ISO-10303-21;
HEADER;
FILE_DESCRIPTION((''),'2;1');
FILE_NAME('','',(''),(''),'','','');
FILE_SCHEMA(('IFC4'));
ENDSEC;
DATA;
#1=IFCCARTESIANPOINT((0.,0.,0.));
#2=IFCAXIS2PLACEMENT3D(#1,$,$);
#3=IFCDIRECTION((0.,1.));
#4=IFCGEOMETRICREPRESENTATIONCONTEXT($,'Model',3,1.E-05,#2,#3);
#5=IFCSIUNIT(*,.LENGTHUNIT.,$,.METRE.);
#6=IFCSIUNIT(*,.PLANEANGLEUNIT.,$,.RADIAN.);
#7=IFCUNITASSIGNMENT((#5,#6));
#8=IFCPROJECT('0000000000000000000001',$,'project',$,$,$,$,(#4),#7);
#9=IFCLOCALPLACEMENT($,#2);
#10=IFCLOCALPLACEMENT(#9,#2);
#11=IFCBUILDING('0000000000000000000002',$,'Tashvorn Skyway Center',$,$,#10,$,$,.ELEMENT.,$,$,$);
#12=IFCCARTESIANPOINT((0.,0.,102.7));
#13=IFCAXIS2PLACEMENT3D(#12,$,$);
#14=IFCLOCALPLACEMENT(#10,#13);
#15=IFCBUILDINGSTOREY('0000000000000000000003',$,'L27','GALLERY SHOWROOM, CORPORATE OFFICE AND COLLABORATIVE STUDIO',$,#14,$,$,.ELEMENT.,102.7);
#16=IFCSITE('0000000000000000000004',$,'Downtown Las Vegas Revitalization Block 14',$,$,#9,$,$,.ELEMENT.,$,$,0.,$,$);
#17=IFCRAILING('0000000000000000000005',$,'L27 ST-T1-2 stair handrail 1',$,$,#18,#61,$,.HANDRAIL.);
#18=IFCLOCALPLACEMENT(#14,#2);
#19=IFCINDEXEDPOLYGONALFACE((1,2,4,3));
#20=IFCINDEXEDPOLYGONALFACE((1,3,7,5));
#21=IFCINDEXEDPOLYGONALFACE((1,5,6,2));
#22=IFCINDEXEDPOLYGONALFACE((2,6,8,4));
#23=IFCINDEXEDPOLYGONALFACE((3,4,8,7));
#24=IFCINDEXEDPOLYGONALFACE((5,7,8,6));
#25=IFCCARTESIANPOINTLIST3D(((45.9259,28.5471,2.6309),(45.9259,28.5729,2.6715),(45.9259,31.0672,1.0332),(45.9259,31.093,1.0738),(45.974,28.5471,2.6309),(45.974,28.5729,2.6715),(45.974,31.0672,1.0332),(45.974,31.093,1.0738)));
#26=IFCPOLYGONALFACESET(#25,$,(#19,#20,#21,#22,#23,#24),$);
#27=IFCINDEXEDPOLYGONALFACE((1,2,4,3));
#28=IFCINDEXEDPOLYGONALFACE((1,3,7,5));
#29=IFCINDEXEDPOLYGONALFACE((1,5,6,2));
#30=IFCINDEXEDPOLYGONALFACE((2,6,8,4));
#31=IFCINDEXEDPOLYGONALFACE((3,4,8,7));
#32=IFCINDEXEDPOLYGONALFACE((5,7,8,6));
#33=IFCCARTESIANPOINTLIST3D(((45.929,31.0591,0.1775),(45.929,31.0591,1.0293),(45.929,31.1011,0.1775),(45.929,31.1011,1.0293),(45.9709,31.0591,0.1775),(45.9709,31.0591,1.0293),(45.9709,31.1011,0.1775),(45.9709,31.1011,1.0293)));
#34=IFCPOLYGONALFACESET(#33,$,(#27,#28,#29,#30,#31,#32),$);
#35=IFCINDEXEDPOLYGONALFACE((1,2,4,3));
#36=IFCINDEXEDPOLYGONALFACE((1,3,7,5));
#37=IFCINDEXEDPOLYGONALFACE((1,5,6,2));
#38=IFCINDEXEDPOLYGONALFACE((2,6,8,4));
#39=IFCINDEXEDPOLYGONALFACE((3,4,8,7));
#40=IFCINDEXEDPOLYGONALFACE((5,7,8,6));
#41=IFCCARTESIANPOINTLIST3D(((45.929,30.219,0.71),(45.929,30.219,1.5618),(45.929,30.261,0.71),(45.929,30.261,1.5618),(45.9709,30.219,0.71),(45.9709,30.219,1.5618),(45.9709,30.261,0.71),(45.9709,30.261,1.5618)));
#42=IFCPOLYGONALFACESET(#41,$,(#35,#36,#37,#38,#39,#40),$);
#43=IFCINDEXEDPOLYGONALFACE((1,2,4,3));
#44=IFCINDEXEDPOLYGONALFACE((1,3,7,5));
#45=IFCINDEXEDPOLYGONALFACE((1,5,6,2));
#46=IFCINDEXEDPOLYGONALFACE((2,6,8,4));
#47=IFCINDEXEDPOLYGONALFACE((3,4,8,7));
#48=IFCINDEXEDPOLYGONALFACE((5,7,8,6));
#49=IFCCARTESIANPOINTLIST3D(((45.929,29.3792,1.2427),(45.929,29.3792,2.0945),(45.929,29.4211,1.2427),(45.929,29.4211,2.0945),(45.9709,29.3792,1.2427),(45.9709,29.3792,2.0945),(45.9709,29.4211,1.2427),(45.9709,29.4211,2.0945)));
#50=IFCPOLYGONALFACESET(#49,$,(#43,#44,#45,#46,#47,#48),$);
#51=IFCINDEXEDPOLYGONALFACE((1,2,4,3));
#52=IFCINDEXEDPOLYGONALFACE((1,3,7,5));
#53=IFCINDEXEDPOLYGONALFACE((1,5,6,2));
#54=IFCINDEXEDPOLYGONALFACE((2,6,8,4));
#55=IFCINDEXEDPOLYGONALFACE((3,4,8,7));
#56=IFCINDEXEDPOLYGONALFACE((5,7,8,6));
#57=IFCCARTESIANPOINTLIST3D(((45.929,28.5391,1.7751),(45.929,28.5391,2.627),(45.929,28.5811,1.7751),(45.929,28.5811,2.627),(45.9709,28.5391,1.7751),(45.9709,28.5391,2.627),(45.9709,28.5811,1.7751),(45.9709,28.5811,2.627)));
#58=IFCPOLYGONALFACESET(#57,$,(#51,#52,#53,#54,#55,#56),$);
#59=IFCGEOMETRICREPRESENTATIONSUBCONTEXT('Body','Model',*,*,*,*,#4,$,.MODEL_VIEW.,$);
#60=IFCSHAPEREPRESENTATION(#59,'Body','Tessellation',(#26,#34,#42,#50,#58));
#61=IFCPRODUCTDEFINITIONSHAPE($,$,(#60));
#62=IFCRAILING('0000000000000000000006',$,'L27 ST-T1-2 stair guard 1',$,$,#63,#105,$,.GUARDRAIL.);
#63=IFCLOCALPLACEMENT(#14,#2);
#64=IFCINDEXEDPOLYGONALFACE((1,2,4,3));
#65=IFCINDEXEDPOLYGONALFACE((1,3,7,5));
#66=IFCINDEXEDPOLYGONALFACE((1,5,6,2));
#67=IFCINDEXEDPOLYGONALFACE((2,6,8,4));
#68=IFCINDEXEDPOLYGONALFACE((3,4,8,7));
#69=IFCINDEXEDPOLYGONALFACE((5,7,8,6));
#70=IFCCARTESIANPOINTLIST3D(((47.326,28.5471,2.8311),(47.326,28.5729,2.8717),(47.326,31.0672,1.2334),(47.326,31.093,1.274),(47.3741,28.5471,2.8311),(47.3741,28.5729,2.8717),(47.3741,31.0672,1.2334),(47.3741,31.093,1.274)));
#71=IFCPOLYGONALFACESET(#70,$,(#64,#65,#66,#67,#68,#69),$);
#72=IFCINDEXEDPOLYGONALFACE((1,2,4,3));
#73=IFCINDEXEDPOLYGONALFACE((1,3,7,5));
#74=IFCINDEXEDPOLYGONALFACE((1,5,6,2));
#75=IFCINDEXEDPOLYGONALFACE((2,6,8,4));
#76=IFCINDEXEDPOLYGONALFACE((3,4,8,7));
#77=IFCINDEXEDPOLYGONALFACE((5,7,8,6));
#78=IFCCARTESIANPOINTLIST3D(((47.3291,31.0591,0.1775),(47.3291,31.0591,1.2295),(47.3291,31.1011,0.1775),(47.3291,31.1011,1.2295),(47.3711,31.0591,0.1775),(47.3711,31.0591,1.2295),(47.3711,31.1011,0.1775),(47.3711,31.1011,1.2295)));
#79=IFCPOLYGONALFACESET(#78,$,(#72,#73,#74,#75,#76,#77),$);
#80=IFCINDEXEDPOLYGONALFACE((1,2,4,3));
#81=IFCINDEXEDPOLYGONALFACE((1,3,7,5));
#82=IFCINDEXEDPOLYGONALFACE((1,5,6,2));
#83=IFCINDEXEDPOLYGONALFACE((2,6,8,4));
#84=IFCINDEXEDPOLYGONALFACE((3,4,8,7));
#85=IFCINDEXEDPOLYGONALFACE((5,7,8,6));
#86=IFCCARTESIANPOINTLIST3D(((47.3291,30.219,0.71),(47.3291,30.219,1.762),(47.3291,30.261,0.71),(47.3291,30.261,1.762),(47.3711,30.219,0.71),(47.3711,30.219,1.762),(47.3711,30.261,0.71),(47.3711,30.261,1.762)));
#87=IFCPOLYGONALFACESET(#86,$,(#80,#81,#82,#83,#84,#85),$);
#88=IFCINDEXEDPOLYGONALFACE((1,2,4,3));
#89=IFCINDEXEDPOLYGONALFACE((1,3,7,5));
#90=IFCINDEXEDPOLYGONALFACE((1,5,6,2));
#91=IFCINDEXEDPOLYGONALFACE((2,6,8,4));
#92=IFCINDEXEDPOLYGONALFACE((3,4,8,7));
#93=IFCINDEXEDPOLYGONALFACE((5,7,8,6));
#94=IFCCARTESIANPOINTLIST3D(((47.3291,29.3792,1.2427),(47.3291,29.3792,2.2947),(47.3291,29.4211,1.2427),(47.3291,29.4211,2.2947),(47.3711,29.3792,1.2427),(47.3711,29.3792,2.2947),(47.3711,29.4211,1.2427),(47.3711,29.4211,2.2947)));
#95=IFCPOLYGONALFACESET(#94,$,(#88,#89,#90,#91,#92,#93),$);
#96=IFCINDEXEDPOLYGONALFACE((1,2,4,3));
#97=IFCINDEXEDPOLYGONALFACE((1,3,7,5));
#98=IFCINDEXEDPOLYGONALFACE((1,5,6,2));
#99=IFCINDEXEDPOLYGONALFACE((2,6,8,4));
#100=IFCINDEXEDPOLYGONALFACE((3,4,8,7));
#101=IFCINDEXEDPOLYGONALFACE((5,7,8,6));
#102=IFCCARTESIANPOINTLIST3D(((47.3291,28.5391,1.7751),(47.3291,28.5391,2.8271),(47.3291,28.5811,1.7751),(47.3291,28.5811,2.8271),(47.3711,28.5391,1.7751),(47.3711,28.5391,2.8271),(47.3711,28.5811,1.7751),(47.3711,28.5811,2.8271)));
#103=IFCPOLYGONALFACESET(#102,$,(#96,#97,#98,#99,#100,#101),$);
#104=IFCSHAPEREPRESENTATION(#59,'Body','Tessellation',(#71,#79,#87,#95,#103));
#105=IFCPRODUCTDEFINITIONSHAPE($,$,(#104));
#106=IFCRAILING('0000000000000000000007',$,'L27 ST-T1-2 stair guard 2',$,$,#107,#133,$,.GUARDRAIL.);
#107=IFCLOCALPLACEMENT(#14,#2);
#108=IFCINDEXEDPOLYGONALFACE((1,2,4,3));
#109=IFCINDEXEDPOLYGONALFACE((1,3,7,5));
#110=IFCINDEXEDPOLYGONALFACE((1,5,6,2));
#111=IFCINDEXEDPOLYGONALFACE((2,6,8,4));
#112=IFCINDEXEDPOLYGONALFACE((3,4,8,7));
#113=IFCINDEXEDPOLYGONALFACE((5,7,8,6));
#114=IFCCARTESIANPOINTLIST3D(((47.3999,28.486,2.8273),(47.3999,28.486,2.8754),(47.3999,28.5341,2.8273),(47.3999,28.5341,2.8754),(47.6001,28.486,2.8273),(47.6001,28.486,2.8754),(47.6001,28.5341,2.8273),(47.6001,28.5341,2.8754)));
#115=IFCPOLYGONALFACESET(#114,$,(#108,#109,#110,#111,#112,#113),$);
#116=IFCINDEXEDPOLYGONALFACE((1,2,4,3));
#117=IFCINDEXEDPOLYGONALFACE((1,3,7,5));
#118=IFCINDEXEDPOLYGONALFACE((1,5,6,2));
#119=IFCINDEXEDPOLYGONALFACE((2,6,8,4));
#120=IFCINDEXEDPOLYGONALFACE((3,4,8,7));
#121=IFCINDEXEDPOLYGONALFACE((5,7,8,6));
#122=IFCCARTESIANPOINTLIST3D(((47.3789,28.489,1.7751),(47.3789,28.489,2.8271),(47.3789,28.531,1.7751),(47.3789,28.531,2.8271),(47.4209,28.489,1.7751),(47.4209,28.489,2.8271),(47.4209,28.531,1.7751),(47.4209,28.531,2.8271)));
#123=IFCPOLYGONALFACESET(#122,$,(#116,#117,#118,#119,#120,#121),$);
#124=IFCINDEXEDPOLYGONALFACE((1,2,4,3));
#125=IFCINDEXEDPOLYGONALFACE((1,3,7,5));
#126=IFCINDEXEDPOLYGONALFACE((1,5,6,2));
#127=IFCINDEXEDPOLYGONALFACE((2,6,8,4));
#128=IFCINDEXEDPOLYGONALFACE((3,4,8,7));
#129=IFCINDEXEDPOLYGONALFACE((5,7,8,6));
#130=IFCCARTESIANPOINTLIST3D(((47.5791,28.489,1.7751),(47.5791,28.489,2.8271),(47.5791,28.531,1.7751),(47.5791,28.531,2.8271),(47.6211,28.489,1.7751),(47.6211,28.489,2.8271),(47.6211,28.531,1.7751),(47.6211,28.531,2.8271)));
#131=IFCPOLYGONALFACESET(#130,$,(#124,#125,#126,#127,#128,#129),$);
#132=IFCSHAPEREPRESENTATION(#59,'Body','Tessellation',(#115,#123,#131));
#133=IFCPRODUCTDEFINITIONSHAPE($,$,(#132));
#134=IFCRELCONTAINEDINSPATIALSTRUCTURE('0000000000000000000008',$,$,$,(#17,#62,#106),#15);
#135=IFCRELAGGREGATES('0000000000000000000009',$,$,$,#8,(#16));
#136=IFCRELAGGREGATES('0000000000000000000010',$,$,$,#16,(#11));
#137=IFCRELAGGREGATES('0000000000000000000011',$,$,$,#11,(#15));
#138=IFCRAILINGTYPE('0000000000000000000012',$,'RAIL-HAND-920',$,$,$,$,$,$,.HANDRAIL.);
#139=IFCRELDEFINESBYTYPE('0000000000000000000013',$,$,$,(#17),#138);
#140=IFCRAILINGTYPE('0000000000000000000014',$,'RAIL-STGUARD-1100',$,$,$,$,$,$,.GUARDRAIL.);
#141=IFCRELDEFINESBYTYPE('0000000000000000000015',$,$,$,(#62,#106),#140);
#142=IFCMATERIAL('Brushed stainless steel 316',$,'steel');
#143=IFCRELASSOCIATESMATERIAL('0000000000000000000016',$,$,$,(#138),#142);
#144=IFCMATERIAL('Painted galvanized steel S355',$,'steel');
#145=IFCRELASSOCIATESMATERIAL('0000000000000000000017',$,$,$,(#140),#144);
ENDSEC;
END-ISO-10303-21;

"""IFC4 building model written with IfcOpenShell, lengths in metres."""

from ifc_helpers import new_model, si_unit, direction, frame, origin, origin_2d, place, context, subcontext, project, spatial, rectangle, extrude, material, type_object, element, save


model = new_model("IFC4")

# Units and contexts
model_context = context("Model", 3, precision=1e-05, world=origin(), true_north=direction((0.0, 1.0)))
body_context = subcontext(model_context, "Body", "Model", "MODEL_VIEW")
ifc_project = project(units=[si_unit("LENGTHUNIT", "METRE"), si_unit("PLANEANGLEUNIT", "RADIAN")], contexts=[model_context])

# Site, building, storey
site_placement = place(None, origin())
site = spatial("IfcSite", under=ifc_project, at=site_placement, Name="Downtown Las Vegas Revitalization Block 14", CompositionType="ELEMENT", RefElevation=0.0)
building_placement = place(site_placement, origin())
building = spatial("IfcBuilding", under=site, at=building_placement, Name="Tashvorn Skyway Center", CompositionType="ELEMENT")
storey_placement = place(building_placement, frame((0.0, 0.0, 102.7)))
storey = spatial("IfcBuildingStorey", under=building, at=storey_placement, Name="L27", Description="GALLERY SHOWROOM, CORPORATE OFFICE AND COLLABORATIVE STUDIO", CompositionType="ELEMENT", Elevation=102.7)

# Railings
ifc_material_1 = material(Name="Brushed stainless steel 316", Category="steel")
railing_type_1 = type_object("IfcRailingType", Name="RAIL-HAND-920", PredefinedType="HANDRAIL", material=ifc_material_1)
railing_1_placement = place(storey_placement, frame((45.95, 31.0801, 0.1775)))
element("IfcRailing", 1, at=railing_1_placement, inside=storey, type_object=railing_type_1, Name="L27 ST-T1-2 stair handrail 1", PredefinedType="HANDRAIL", context=body_context, shape_type="SweptSolid", body=[
    extrude(rectangle(XDim=0.0481, YDim=0.0481, at=origin_2d()), frame((0.0, 0.0, 0.876), z_axis=(0.0, -0.84457, 0.535445), x_axis=(1.0, 0.0, 0.0)), (0.0, 0.0, 1.0), 2.9839),
    extrude(rectangle(XDim=0.042, YDim=0.042, at=origin_2d()), origin(), (0.0, 0.0, 1.0), 0.8518),
    extrude(rectangle(XDim=0.042, YDim=0.042, at=origin_2d()), frame((0.0, -0.8401, 0.5325)), (0.0, 0.0, 1.0), 0.8518),
    extrude(rectangle(XDim=0.042, YDim=0.042, at=origin_2d()), frame((0.0, -1.6799, 1.0652)), (0.0, 0.0, 1.0), 0.8518),
    extrude(rectangle(XDim=0.042, YDim=0.042, at=origin_2d()), frame((0.0, -2.52, 1.5977)), (0.0, 0.0, 1.0), 0.8518),
])
ifc_material_2 = material(Name="Painted galvanized steel S355", Category="steel")
railing_type_2 = type_object("IfcRailingType", Name="RAIL-STGUARD-1100", PredefinedType="GUARDRAIL", material=ifc_material_2)
railing_2_placement = place(storey_placement, frame((47.3501, 31.0801, 0.1775)))
element("IfcRailing", 2, at=railing_2_placement, inside=storey, type_object=railing_type_2, Name="L27 ST-T1-2 stair guard 1", PredefinedType="GUARDRAIL", context=body_context, shape_type="SweptSolid", body=[
    extrude(rectangle(XDim=0.0481, YDim=0.0481, at=origin_2d()), frame((0.0, 0.0, 1.0762), z_axis=(0.0, -0.84457, 0.535445), x_axis=(1.0, 0.0, 0.0)), (0.0, 0.0, 1.0), 2.9839),
    extrude(rectangle(XDim=0.042, YDim=0.042, at=origin_2d()), origin(), (0.0, 0.0, 1.0), 1.052),
    extrude(rectangle(XDim=0.042, YDim=0.042, at=origin_2d()), frame((0.0, -0.8401, 0.5325)), (0.0, 0.0, 1.0), 1.052),
    extrude(rectangle(XDim=0.042, YDim=0.042, at=origin_2d()), frame((0.0, -1.6799, 1.0652)), (0.0, 0.0, 1.0), 1.052),
    extrude(rectangle(XDim=0.042, YDim=0.042, at=origin_2d()), frame((0.0, -2.52, 1.5977)), (0.0, 0.0, 1.0), 1.052),
])
railing_3_placement = place(storey_placement, frame((47.3999, 28.51, 1.7751)))
element("IfcRailing", 3, at=railing_3_placement, inside=storey, type_object=railing_type_2, Name="L27 ST-T1-2 stair guard 2", PredefinedType="GUARDRAIL", context=body_context, shape_type="SweptSolid", body=[
    extrude(rectangle(XDim=0.0481, YDim=0.0481, at=origin_2d()), frame((0.0, 0.0, 1.0762), z_axis=(1.0, 0.0, 0.0), x_axis=(0.0, 1.0, 0.0)), (0.0, 0.0, 1.0), 0.2002),
    extrude(rectangle(XDim=0.042, YDim=0.042, at=origin_2d()), origin(), (0.0, 0.0, 1.0), 1.052),
    extrude(rectangle(XDim=0.042, YDim=0.042, at=origin_2d()), frame((0.2002, 0.0, 0.0)), (0.0, 0.0, 1.0), 1.052),
])

save(model, "model.ifc")
